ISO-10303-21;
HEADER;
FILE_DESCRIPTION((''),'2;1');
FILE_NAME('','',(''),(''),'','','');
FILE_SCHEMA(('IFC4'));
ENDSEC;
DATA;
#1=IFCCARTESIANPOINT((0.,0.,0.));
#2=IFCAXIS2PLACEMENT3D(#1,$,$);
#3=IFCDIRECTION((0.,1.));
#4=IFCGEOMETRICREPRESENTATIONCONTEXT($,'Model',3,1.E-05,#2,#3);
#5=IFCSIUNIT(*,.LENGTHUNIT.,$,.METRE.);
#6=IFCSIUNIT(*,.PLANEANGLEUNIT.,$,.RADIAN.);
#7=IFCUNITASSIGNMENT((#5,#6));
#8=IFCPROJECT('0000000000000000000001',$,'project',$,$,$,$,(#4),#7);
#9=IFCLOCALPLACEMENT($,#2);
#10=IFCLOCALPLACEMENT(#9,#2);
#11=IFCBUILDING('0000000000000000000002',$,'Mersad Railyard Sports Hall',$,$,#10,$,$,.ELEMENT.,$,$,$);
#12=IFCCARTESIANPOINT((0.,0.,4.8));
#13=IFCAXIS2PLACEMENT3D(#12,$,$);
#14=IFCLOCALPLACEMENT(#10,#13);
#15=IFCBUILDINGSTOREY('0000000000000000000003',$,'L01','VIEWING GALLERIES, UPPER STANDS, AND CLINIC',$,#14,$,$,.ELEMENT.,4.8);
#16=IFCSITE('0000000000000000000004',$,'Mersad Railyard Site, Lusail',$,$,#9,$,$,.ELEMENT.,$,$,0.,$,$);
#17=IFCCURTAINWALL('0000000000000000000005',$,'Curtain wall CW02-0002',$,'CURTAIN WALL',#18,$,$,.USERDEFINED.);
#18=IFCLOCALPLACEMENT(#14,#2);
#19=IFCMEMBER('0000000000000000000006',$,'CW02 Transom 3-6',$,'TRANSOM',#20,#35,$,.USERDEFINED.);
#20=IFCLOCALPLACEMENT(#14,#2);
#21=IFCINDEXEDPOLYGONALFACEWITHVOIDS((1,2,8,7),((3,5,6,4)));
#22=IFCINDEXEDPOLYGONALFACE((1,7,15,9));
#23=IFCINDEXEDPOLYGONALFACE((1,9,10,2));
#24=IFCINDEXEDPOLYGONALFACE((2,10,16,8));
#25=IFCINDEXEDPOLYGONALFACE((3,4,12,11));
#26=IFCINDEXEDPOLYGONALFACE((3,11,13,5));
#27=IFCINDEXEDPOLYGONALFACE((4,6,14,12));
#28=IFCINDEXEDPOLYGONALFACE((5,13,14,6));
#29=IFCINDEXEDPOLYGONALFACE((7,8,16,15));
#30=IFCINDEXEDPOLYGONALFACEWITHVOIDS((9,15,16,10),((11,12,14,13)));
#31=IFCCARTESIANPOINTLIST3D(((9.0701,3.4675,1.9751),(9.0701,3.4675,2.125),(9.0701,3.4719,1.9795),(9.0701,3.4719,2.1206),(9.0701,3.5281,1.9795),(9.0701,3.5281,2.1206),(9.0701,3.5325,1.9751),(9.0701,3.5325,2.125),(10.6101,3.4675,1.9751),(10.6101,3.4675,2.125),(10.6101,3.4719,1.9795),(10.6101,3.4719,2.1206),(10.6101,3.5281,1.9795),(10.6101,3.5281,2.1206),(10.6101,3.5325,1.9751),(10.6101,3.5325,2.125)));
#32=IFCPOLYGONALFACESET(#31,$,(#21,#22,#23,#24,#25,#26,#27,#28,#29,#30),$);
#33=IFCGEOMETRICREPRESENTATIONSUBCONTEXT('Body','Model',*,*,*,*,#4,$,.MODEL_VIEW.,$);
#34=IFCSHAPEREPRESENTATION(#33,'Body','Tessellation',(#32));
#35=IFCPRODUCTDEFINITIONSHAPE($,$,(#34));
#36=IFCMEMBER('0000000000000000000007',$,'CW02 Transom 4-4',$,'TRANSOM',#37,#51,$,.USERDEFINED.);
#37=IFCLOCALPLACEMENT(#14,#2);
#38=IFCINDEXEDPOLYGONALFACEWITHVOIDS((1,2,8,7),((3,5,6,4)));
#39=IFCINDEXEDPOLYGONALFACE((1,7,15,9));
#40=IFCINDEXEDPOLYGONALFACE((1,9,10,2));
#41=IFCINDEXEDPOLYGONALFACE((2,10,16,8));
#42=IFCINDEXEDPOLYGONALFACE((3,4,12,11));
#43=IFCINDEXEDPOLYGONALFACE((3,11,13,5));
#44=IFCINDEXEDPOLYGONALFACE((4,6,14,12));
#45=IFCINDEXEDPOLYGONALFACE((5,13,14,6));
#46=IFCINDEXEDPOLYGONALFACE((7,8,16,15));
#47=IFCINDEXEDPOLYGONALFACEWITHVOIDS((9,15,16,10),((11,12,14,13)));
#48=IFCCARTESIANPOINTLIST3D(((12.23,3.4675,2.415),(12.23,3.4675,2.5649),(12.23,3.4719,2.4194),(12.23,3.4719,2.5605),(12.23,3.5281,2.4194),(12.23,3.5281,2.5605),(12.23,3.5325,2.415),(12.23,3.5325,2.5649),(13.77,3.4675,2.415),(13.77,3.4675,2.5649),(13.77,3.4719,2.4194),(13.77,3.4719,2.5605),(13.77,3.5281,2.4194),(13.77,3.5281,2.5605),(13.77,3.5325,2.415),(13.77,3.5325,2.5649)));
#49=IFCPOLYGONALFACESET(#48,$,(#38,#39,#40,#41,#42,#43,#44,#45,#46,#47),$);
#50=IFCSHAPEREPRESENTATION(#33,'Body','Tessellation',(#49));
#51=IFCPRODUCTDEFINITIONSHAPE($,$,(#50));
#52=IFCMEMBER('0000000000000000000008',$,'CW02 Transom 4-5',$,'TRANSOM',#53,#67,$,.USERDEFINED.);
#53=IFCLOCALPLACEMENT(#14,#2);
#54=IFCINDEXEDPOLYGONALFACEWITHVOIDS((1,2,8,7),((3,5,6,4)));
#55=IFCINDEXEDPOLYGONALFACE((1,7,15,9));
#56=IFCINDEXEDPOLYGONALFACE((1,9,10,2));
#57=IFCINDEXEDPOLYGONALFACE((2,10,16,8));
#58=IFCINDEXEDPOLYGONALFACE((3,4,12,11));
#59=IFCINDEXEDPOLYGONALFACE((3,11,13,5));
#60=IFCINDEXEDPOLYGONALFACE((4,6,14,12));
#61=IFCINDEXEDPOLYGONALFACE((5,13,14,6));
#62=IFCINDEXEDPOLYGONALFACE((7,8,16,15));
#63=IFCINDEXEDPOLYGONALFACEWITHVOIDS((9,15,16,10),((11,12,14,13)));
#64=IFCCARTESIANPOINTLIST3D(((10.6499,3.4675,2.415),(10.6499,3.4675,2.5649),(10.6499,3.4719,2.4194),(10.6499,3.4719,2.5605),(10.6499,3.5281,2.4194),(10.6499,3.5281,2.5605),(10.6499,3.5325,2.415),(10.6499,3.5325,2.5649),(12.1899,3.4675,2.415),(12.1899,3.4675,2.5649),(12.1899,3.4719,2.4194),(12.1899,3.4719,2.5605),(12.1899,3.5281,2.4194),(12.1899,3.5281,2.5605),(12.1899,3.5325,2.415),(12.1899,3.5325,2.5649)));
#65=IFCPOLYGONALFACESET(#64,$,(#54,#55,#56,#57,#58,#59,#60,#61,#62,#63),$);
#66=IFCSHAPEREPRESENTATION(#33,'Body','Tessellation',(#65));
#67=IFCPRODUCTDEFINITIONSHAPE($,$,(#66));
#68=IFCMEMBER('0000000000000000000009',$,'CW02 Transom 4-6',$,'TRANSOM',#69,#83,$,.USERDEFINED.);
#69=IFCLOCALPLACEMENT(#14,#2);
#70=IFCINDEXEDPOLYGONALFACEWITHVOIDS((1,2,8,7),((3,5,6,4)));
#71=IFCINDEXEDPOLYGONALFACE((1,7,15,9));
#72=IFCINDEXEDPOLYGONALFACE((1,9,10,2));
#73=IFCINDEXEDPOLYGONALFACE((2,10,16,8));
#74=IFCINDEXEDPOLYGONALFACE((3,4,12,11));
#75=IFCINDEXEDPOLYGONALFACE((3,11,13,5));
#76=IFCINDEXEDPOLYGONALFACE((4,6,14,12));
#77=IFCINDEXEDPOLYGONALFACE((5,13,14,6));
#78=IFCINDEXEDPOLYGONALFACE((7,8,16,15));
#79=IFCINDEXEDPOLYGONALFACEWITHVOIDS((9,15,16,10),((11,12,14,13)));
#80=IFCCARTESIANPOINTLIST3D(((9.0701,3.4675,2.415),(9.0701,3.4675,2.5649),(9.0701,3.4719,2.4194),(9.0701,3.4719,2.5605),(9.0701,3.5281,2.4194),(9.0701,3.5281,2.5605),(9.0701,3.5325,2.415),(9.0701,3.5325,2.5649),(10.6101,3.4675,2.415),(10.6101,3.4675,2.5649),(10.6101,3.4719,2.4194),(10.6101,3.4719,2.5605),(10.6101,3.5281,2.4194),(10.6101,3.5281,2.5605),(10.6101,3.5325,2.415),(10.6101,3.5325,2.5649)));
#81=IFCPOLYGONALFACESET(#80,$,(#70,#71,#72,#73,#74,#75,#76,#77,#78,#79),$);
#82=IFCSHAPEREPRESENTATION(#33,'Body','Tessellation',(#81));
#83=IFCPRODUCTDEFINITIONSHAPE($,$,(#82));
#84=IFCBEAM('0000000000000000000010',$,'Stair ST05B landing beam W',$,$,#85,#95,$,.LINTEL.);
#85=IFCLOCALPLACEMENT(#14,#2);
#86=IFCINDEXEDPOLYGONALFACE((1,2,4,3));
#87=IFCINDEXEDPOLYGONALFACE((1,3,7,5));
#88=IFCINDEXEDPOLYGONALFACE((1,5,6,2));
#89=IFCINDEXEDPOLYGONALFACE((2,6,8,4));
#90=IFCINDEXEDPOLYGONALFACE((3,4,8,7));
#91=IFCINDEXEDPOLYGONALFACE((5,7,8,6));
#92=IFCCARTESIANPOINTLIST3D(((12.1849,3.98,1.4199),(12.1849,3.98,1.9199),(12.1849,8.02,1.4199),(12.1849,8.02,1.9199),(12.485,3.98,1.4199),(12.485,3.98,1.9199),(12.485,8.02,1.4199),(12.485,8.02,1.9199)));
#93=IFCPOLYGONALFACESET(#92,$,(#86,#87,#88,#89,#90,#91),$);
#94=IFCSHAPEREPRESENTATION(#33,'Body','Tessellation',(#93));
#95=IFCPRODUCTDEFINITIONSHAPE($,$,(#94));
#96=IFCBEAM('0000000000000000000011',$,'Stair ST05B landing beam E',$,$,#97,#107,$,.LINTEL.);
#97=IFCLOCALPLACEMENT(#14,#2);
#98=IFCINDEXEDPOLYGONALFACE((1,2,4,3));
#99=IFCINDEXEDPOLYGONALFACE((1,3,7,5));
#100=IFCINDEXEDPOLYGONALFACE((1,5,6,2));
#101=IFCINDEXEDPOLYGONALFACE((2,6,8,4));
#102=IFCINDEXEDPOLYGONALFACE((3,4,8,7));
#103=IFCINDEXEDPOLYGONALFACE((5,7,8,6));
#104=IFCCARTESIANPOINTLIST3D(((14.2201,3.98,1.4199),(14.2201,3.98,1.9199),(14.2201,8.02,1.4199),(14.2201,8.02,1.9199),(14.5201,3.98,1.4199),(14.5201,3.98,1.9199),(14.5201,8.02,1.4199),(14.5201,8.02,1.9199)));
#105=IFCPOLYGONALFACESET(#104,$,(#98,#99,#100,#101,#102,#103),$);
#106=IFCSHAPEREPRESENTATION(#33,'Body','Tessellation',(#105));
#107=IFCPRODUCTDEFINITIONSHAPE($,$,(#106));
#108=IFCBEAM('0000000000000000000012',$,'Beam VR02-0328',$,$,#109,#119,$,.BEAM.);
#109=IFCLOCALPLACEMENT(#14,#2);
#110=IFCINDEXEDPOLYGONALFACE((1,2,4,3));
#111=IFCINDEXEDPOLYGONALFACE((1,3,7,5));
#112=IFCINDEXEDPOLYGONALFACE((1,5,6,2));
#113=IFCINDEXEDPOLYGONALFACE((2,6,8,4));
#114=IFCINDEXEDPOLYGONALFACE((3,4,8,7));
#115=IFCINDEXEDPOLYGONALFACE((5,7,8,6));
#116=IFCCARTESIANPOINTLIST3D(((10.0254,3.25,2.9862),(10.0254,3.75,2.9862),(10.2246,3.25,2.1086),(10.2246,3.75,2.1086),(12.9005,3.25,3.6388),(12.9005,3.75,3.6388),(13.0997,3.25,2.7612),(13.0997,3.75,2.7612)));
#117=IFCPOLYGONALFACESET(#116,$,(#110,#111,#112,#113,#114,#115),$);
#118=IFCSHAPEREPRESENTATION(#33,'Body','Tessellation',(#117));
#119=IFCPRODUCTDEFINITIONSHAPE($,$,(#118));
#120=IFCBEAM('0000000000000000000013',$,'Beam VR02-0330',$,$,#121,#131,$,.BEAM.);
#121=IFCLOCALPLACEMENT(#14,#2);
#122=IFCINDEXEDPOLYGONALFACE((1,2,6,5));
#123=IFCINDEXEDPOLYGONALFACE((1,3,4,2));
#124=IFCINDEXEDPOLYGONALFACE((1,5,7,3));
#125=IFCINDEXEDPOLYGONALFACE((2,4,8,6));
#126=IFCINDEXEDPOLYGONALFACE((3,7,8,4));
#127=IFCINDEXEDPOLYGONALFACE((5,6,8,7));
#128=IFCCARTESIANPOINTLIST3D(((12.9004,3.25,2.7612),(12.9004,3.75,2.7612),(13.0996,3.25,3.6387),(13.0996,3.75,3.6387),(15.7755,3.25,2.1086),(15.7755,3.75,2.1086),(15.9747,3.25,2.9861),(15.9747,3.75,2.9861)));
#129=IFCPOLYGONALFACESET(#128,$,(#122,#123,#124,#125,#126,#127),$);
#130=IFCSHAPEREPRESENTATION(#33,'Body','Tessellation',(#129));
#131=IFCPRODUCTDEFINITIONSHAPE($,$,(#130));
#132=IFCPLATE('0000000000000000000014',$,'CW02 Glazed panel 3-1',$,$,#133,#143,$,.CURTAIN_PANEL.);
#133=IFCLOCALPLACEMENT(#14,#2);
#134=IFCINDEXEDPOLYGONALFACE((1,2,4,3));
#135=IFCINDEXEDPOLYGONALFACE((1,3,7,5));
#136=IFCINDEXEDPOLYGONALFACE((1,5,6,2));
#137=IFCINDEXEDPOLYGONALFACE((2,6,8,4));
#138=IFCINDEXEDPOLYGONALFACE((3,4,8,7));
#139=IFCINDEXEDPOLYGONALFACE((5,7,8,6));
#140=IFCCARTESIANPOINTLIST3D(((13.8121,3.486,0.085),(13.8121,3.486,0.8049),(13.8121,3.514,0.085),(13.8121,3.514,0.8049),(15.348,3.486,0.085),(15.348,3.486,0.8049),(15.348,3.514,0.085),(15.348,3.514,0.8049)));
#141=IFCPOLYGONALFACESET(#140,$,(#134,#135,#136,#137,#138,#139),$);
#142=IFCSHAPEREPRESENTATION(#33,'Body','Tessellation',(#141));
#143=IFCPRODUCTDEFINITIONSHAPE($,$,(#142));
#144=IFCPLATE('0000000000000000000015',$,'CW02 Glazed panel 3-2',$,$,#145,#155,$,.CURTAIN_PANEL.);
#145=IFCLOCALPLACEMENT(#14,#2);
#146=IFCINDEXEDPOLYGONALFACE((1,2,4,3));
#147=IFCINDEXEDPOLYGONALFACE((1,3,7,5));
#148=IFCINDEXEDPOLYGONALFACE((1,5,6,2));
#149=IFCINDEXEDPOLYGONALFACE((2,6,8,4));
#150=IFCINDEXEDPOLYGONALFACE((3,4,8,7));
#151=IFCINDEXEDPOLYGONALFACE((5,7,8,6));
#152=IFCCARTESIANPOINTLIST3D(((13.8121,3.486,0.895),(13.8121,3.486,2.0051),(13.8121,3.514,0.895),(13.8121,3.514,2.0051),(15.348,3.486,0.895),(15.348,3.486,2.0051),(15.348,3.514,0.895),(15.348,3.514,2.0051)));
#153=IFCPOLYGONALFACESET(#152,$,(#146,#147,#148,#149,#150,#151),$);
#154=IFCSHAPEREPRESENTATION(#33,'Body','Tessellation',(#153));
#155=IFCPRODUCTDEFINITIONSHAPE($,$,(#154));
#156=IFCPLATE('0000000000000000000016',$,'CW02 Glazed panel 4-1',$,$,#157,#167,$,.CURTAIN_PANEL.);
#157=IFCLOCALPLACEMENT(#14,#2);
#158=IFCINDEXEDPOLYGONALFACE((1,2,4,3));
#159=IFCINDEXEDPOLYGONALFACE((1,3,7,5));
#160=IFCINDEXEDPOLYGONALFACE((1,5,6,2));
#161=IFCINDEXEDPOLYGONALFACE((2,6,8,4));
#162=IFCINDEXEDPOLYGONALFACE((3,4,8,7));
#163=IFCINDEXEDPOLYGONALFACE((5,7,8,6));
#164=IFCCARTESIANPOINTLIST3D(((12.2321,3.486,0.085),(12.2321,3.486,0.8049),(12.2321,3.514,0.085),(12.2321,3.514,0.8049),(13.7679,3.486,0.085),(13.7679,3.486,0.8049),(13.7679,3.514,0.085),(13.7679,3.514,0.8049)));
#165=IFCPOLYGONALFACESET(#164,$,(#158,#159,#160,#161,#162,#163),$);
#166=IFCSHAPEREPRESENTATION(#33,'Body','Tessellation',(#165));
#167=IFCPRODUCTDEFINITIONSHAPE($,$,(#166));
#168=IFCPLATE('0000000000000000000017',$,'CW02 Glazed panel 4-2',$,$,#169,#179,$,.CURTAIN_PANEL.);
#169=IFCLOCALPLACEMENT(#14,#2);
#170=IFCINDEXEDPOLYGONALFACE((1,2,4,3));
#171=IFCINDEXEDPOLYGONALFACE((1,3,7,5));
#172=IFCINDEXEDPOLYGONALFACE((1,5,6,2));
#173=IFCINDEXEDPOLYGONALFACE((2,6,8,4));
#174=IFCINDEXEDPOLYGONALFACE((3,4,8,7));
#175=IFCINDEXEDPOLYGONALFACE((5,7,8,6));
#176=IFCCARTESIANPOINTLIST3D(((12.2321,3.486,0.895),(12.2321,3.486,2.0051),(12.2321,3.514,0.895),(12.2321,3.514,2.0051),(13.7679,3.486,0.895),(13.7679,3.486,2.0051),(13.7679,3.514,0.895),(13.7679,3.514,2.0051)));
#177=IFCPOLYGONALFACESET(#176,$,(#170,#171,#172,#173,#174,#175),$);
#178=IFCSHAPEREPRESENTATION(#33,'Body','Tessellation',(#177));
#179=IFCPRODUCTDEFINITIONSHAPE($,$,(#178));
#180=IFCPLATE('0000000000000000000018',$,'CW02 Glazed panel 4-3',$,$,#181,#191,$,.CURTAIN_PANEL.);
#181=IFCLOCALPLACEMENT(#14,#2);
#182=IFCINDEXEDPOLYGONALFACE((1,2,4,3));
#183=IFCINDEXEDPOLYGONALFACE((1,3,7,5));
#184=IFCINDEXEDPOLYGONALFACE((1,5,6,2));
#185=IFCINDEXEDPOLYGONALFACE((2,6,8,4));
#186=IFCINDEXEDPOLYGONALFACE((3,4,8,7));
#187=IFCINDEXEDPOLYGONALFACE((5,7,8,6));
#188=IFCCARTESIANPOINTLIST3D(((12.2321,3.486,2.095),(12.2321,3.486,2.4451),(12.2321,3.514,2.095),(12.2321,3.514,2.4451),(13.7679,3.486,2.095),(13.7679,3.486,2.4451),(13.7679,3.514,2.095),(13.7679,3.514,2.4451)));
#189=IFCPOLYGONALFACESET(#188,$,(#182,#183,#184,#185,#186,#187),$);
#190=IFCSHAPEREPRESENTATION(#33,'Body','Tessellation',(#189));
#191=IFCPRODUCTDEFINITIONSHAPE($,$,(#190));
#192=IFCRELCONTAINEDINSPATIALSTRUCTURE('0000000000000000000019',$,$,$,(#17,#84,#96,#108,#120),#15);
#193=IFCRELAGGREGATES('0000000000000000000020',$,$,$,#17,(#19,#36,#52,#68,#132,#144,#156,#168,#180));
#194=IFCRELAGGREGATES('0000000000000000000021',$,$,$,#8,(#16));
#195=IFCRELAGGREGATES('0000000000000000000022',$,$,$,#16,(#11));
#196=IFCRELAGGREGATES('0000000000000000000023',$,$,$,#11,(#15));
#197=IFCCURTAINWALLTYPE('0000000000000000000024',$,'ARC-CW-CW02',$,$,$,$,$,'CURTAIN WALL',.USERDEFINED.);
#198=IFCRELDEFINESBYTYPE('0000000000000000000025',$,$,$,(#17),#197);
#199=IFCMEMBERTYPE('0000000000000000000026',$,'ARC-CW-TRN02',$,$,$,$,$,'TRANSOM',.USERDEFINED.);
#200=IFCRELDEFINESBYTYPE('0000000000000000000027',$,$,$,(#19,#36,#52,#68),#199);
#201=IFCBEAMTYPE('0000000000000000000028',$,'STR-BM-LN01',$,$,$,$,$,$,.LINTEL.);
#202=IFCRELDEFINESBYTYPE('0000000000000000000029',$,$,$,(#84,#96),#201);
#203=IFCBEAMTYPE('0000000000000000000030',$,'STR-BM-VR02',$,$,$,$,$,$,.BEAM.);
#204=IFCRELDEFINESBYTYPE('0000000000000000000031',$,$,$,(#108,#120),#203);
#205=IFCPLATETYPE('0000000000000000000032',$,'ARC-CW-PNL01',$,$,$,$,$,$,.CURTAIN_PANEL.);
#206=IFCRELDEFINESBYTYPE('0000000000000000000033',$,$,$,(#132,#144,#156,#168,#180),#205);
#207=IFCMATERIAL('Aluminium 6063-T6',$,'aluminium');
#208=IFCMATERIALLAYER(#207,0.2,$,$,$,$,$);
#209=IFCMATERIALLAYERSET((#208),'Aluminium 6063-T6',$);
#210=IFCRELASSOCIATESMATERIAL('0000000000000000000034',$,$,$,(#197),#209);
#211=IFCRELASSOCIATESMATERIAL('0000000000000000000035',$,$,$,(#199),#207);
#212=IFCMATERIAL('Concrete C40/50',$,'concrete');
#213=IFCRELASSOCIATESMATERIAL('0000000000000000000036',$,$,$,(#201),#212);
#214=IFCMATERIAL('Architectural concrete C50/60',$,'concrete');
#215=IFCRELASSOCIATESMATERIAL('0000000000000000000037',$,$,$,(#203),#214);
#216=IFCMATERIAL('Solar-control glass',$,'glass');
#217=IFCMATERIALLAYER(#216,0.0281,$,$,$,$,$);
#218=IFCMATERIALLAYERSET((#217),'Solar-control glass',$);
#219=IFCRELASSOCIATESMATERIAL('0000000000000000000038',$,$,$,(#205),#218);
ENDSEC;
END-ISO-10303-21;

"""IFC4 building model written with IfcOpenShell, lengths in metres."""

from ifc_helpers import new_model, si_unit, direction, frame, origin, origin_2d, place, context, subcontext, project, spatial, rectangle, hollow_rectangle, extrude, material, layer, layer_set, material_profile, profile_set, type_object, element, aggregate, save


model = new_model("IFC4")

# Units and contexts
model_context = context("Model", 3, precision=1e-05, world=origin(), true_north=direction((0.0, 1.0)))
body_context = subcontext(model_context, "Body", "Model", "MODEL_VIEW")
ifc_project = project(units=[si_unit("LENGTHUNIT", "METRE"), si_unit("PLANEANGLEUNIT", "RADIAN")], contexts=[model_context])

# Site, building, storey
site_placement = place(None, origin())
site = spatial("IfcSite", under=ifc_project, at=site_placement, Name="Mersad Railyard Site, Lusail", CompositionType="ELEMENT", RefElevation=0.0)
building_placement = place(site_placement, origin())
building = spatial("IfcBuilding", under=site, at=building_placement, Name="Mersad Railyard Sports Hall", CompositionType="ELEMENT")
storey_placement = place(building_placement, frame((0.0, 0.0, 4.8)))
storey = spatial("IfcBuildingStorey", under=building, at=storey_placement, Name="L01", Description="VIEWING GALLERIES, UPPER STANDS, AND CLINIC", CompositionType="ELEMENT", Elevation=4.8)

# Curtain wall, members
ifc_material_1 = material(Name="Aluminium 6063-T6", Category="aluminium")
ifc_layer_1 = layer(ifc_material_1, 0.2)
ifc_layer_set_1 = layer_set([ifc_layer_1], Name="Aluminium 6063-T6")
curtain_wall_type = type_object("IfcCurtainWallType", Name="ARC-CW-CW02", ElementType="CURTAIN WALL", PredefinedType="USERDEFINED", material=ifc_layer_set_1)
curtain_wall_placement = place(storey_placement, origin())
curtain_wall = element("IfcCurtainWall", 1, at=curtain_wall_placement, inside=storey, type_object=curtain_wall_type, Name="Curtain wall CW02-0002", ObjectType="CURTAIN WALL", PredefinedType="USERDEFINED")
ifc_material_profile_1 = material_profile(ifc_material_1, hollow_rectangle(XDim=0.0649, YDim=0.1499, WallThickness=0.0044, at=origin_2d()), Name="AL TRANSOM 65x150x4.5")
ifc_profile_set_1 = profile_set([ifc_material_profile_1], Name="Aluminium 6063-T6")
member_type_1 = type_object("IfcMemberType", Name="ARC-CW-TRN02", ElementType="TRANSOM", PredefinedType="USERDEFINED", material=ifc_profile_set_1)
member_1_placement = place(storey_placement, frame((10.6101, 3.5, 2.05), z_axis=(-1.0, 0.0, 0.0), x_axis=(0.0, -1.0, 0.0)))
member_1 = element("IfcMember", 2, at=member_1_placement, type_object=member_type_1, Name="CW02 Transom 3-6", ObjectType="TRANSOM", PredefinedType="USERDEFINED", context=body_context, shape_type="SweptSolid", body=[
    extrude(hollow_rectangle(XDim=0.0649, YDim=0.1499, WallThickness=0.0044, at=origin_2d()), origin(), (0.0, 0.0, 1.0), 1.54),
])
member_2_placement = place(storey_placement, frame((13.77, 3.5, 2.49), z_axis=(-1.0, 0.0, 0.0), x_axis=(0.0, -1.0, 0.0)))
member_2 = element("IfcMember", 3, at=member_2_placement, type_object=member_type_1, Name="CW02 Transom 4-4", ObjectType="TRANSOM", PredefinedType="USERDEFINED", context=body_context, shape_type="SweptSolid", body=[
    extrude(hollow_rectangle(XDim=0.0649, YDim=0.1499, WallThickness=0.0044, at=origin_2d()), origin(), (0.0, 0.0, 1.0), 1.54),
])
member_3_placement = place(storey_placement, frame((12.1899, 3.5, 2.49), z_axis=(-1.0, 0.0, 0.0), x_axis=(0.0, -1.0, 0.0)))
member_3 = element("IfcMember", 4, at=member_3_placement, type_object=member_type_1, Name="CW02 Transom 4-5", ObjectType="TRANSOM", PredefinedType="USERDEFINED", context=body_context, shape_type="SweptSolid", body=[
    extrude(hollow_rectangle(XDim=0.0649, YDim=0.1499, WallThickness=0.0044, at=origin_2d()), origin(), (0.0, 0.0, 1.0), 1.54),
])
member_4_placement = place(storey_placement, frame((10.6101, 3.5, 2.49), z_axis=(-1.0, 0.0, 0.0), x_axis=(0.0, -1.0, 0.0)))
member_4 = element("IfcMember", 5, at=member_4_placement, type_object=member_type_1, Name="CW02 Transom 4-6", ObjectType="TRANSOM", PredefinedType="USERDEFINED", context=body_context, shape_type="SweptSolid", body=[
    extrude(hollow_rectangle(XDim=0.0649, YDim=0.1499, WallThickness=0.0044, at=origin_2d()), origin(), (0.0, 0.0, 1.0), 1.54),
])

# Beams
ifc_material_2 = material(Name="Concrete C40/50", Category="concrete")
ifc_material_profile_2 = material_profile(ifc_material_2, rectangle(XDim=0.3, YDim=0.5, at=origin_2d()), Name="RC 300x500")
ifc_profile_set_2 = profile_set([ifc_material_profile_2], Name="Concrete C40/50")
beam_type_1 = type_object("IfcBeamType", Name="STR-BM-LN01", PredefinedType="LINTEL", material=ifc_profile_set_2)
for number, where, z_axis, x_axis, name in (
    (6, (12.335, 3.98, 1.6699), (0.0, 1.0, 0.0), (-1.0, 0.0, 0.0), "Stair ST05B landing beam W"),
    (7, (14.3701, 3.98, 1.6699), (0.0, 1.0, 0.0), (-1.0, 0.0, 0.0), "Stair ST05B landing beam E"),
):
    element("IfcBeam", number, at=place(storey_placement, frame(where, z_axis=z_axis, x_axis=x_axis)), inside=storey, type_object=beam_type_1, Name=name, PredefinedType="LINTEL", context=body_context, shape_type="SweptSolid", body=[
        extrude(rectangle(XDim=0.3, YDim=0.5, at=origin_2d()), origin(), (0.0, 0.0, 1.0), 4.04),
    ])
ifc_material_3 = material(Name="Architectural concrete C50/60", Category="concrete")
ifc_material_profile_3 = material_profile(ifc_material_3, rectangle(XDim=0.5, YDim=0.8999, at=origin_2d()), Name="VR 500x900")
ifc_profile_set_3 = profile_set([ifc_material_profile_3], Name="Architectural concrete C50/60")
beam_type_2 = type_object("IfcBeamType", Name="STR-BM-VR02", PredefinedType="BEAM", material=ifc_profile_set_3)
for number, where, z_axis, x_axis, name in (
    (8, (10.125, 3.5, 2.5474), (0.975193, 0.0, 0.221356), (0.0, 1.0, 0.0), "Beam VR02-0328"),
    (9, (13.0, 3.5, 3.2), (0.975193, 0.0, -0.221356), (0.0, 1.0, 0.0), "Beam VR02-0330"),
):
    element("IfcBeam", number, at=place(storey_placement, frame(where, z_axis=z_axis, x_axis=x_axis)), inside=storey, type_object=beam_type_2, Name=name, PredefinedType="BEAM", context=body_context, shape_type="SweptSolid", body=[
        extrude(rectangle(XDim=0.5, YDim=0.8999, at=origin_2d()), origin(), (0.0, 0.0, 1.0), 2.9482),
    ])

# Plates
ifc_material_4 = material(Name="Solar-control glass", Category="glass")
ifc_layer_2 = layer(ifc_material_4, 0.0281)
ifc_layer_set_2 = layer_set([ifc_layer_2], Name="Solar-control glass")
plate_type_1 = type_object("IfcPlateType", Name="ARC-CW-PNL01", PredefinedType="CURTAIN_PANEL", material=ifc_layer_set_2)
plate_1_placement = place(storey_placement, frame((14.5801, 3.5, 0.085), z_axis=(0.0, 0.0, 1.0), x_axis=(-1.0, 0.0, 0.0)))
plate_1 = element("IfcPlate", 10, at=plate_1_placement, type_object=plate_type_1, Name="CW02 Glazed panel 3-1", PredefinedType="CURTAIN_PANEL", context=body_context, shape_type="SweptSolid", body=[
    extrude(rectangle(XDim=1.5359, YDim=0.0281, at=origin_2d()), origin(), (0.0, 0.0, 1.0), 0.72),
])
plate_2_placement = place(storey_placement, frame((14.5801, 3.5, 0.895), z_axis=(0.0, 0.0, 1.0), x_axis=(-1.0, 0.0, 0.0)))
plate_2 = element("IfcPlate", 11, at=plate_2_placement, type_object=plate_type_1, Name="CW02 Glazed panel 3-2", PredefinedType="CURTAIN_PANEL", context=body_context, shape_type="SweptSolid", body=[
    extrude(rectangle(XDim=1.5359, YDim=0.0281, at=origin_2d()), origin(), (0.0, 0.0, 1.0), 1.1101),
])
plate_3_placement = place(storey_placement, frame((13.0, 3.5, 0.085), z_axis=(0.0, 0.0, 1.0), x_axis=(-1.0, 0.0, 0.0)))
plate_3 = element("IfcPlate", 12, at=plate_3_placement, type_object=plate_type_1, Name="CW02 Glazed panel 4-1", PredefinedType="CURTAIN_PANEL", context=body_context, shape_type="SweptSolid", body=[
    extrude(rectangle(XDim=1.5359, YDim=0.0281, at=origin_2d()), origin(), (0.0, 0.0, 1.0), 0.72),
])
plate_4_placement = place(storey_placement, frame((13.0, 3.5, 0.895), z_axis=(0.0, 0.0, 1.0), x_axis=(-1.0, 0.0, 0.0)))
plate_4 = element("IfcPlate", 13, at=plate_4_placement, type_object=plate_type_1, Name="CW02 Glazed panel 4-2", PredefinedType="CURTAIN_PANEL", context=body_context, shape_type="SweptSolid", body=[
    extrude(rectangle(XDim=1.5359, YDim=0.0281, at=origin_2d()), origin(), (0.0, 0.0, 1.0), 1.1101),
])
plate_5_placement = place(storey_placement, frame((13.0, 3.5, 2.095), z_axis=(0.0, 0.0, 1.0), x_axis=(-1.0, 0.0, 0.0)))
plate_5 = element("IfcPlate", 14, at=plate_5_placement, type_object=plate_type_1, Name="CW02 Glazed panel 4-3", PredefinedType="CURTAIN_PANEL", context=body_context, shape_type="SweptSolid", body=[
    extrude(rectangle(XDim=1.5359, YDim=0.0281, at=origin_2d()), origin(), (0.0, 0.0, 1.0), 0.3501),
])
aggregate(curtain_wall, [member_1, member_2, member_3, member_4, plate_1, plate_2, plate_3, plate_4, plate_5])

save(model, "model.ifc")
